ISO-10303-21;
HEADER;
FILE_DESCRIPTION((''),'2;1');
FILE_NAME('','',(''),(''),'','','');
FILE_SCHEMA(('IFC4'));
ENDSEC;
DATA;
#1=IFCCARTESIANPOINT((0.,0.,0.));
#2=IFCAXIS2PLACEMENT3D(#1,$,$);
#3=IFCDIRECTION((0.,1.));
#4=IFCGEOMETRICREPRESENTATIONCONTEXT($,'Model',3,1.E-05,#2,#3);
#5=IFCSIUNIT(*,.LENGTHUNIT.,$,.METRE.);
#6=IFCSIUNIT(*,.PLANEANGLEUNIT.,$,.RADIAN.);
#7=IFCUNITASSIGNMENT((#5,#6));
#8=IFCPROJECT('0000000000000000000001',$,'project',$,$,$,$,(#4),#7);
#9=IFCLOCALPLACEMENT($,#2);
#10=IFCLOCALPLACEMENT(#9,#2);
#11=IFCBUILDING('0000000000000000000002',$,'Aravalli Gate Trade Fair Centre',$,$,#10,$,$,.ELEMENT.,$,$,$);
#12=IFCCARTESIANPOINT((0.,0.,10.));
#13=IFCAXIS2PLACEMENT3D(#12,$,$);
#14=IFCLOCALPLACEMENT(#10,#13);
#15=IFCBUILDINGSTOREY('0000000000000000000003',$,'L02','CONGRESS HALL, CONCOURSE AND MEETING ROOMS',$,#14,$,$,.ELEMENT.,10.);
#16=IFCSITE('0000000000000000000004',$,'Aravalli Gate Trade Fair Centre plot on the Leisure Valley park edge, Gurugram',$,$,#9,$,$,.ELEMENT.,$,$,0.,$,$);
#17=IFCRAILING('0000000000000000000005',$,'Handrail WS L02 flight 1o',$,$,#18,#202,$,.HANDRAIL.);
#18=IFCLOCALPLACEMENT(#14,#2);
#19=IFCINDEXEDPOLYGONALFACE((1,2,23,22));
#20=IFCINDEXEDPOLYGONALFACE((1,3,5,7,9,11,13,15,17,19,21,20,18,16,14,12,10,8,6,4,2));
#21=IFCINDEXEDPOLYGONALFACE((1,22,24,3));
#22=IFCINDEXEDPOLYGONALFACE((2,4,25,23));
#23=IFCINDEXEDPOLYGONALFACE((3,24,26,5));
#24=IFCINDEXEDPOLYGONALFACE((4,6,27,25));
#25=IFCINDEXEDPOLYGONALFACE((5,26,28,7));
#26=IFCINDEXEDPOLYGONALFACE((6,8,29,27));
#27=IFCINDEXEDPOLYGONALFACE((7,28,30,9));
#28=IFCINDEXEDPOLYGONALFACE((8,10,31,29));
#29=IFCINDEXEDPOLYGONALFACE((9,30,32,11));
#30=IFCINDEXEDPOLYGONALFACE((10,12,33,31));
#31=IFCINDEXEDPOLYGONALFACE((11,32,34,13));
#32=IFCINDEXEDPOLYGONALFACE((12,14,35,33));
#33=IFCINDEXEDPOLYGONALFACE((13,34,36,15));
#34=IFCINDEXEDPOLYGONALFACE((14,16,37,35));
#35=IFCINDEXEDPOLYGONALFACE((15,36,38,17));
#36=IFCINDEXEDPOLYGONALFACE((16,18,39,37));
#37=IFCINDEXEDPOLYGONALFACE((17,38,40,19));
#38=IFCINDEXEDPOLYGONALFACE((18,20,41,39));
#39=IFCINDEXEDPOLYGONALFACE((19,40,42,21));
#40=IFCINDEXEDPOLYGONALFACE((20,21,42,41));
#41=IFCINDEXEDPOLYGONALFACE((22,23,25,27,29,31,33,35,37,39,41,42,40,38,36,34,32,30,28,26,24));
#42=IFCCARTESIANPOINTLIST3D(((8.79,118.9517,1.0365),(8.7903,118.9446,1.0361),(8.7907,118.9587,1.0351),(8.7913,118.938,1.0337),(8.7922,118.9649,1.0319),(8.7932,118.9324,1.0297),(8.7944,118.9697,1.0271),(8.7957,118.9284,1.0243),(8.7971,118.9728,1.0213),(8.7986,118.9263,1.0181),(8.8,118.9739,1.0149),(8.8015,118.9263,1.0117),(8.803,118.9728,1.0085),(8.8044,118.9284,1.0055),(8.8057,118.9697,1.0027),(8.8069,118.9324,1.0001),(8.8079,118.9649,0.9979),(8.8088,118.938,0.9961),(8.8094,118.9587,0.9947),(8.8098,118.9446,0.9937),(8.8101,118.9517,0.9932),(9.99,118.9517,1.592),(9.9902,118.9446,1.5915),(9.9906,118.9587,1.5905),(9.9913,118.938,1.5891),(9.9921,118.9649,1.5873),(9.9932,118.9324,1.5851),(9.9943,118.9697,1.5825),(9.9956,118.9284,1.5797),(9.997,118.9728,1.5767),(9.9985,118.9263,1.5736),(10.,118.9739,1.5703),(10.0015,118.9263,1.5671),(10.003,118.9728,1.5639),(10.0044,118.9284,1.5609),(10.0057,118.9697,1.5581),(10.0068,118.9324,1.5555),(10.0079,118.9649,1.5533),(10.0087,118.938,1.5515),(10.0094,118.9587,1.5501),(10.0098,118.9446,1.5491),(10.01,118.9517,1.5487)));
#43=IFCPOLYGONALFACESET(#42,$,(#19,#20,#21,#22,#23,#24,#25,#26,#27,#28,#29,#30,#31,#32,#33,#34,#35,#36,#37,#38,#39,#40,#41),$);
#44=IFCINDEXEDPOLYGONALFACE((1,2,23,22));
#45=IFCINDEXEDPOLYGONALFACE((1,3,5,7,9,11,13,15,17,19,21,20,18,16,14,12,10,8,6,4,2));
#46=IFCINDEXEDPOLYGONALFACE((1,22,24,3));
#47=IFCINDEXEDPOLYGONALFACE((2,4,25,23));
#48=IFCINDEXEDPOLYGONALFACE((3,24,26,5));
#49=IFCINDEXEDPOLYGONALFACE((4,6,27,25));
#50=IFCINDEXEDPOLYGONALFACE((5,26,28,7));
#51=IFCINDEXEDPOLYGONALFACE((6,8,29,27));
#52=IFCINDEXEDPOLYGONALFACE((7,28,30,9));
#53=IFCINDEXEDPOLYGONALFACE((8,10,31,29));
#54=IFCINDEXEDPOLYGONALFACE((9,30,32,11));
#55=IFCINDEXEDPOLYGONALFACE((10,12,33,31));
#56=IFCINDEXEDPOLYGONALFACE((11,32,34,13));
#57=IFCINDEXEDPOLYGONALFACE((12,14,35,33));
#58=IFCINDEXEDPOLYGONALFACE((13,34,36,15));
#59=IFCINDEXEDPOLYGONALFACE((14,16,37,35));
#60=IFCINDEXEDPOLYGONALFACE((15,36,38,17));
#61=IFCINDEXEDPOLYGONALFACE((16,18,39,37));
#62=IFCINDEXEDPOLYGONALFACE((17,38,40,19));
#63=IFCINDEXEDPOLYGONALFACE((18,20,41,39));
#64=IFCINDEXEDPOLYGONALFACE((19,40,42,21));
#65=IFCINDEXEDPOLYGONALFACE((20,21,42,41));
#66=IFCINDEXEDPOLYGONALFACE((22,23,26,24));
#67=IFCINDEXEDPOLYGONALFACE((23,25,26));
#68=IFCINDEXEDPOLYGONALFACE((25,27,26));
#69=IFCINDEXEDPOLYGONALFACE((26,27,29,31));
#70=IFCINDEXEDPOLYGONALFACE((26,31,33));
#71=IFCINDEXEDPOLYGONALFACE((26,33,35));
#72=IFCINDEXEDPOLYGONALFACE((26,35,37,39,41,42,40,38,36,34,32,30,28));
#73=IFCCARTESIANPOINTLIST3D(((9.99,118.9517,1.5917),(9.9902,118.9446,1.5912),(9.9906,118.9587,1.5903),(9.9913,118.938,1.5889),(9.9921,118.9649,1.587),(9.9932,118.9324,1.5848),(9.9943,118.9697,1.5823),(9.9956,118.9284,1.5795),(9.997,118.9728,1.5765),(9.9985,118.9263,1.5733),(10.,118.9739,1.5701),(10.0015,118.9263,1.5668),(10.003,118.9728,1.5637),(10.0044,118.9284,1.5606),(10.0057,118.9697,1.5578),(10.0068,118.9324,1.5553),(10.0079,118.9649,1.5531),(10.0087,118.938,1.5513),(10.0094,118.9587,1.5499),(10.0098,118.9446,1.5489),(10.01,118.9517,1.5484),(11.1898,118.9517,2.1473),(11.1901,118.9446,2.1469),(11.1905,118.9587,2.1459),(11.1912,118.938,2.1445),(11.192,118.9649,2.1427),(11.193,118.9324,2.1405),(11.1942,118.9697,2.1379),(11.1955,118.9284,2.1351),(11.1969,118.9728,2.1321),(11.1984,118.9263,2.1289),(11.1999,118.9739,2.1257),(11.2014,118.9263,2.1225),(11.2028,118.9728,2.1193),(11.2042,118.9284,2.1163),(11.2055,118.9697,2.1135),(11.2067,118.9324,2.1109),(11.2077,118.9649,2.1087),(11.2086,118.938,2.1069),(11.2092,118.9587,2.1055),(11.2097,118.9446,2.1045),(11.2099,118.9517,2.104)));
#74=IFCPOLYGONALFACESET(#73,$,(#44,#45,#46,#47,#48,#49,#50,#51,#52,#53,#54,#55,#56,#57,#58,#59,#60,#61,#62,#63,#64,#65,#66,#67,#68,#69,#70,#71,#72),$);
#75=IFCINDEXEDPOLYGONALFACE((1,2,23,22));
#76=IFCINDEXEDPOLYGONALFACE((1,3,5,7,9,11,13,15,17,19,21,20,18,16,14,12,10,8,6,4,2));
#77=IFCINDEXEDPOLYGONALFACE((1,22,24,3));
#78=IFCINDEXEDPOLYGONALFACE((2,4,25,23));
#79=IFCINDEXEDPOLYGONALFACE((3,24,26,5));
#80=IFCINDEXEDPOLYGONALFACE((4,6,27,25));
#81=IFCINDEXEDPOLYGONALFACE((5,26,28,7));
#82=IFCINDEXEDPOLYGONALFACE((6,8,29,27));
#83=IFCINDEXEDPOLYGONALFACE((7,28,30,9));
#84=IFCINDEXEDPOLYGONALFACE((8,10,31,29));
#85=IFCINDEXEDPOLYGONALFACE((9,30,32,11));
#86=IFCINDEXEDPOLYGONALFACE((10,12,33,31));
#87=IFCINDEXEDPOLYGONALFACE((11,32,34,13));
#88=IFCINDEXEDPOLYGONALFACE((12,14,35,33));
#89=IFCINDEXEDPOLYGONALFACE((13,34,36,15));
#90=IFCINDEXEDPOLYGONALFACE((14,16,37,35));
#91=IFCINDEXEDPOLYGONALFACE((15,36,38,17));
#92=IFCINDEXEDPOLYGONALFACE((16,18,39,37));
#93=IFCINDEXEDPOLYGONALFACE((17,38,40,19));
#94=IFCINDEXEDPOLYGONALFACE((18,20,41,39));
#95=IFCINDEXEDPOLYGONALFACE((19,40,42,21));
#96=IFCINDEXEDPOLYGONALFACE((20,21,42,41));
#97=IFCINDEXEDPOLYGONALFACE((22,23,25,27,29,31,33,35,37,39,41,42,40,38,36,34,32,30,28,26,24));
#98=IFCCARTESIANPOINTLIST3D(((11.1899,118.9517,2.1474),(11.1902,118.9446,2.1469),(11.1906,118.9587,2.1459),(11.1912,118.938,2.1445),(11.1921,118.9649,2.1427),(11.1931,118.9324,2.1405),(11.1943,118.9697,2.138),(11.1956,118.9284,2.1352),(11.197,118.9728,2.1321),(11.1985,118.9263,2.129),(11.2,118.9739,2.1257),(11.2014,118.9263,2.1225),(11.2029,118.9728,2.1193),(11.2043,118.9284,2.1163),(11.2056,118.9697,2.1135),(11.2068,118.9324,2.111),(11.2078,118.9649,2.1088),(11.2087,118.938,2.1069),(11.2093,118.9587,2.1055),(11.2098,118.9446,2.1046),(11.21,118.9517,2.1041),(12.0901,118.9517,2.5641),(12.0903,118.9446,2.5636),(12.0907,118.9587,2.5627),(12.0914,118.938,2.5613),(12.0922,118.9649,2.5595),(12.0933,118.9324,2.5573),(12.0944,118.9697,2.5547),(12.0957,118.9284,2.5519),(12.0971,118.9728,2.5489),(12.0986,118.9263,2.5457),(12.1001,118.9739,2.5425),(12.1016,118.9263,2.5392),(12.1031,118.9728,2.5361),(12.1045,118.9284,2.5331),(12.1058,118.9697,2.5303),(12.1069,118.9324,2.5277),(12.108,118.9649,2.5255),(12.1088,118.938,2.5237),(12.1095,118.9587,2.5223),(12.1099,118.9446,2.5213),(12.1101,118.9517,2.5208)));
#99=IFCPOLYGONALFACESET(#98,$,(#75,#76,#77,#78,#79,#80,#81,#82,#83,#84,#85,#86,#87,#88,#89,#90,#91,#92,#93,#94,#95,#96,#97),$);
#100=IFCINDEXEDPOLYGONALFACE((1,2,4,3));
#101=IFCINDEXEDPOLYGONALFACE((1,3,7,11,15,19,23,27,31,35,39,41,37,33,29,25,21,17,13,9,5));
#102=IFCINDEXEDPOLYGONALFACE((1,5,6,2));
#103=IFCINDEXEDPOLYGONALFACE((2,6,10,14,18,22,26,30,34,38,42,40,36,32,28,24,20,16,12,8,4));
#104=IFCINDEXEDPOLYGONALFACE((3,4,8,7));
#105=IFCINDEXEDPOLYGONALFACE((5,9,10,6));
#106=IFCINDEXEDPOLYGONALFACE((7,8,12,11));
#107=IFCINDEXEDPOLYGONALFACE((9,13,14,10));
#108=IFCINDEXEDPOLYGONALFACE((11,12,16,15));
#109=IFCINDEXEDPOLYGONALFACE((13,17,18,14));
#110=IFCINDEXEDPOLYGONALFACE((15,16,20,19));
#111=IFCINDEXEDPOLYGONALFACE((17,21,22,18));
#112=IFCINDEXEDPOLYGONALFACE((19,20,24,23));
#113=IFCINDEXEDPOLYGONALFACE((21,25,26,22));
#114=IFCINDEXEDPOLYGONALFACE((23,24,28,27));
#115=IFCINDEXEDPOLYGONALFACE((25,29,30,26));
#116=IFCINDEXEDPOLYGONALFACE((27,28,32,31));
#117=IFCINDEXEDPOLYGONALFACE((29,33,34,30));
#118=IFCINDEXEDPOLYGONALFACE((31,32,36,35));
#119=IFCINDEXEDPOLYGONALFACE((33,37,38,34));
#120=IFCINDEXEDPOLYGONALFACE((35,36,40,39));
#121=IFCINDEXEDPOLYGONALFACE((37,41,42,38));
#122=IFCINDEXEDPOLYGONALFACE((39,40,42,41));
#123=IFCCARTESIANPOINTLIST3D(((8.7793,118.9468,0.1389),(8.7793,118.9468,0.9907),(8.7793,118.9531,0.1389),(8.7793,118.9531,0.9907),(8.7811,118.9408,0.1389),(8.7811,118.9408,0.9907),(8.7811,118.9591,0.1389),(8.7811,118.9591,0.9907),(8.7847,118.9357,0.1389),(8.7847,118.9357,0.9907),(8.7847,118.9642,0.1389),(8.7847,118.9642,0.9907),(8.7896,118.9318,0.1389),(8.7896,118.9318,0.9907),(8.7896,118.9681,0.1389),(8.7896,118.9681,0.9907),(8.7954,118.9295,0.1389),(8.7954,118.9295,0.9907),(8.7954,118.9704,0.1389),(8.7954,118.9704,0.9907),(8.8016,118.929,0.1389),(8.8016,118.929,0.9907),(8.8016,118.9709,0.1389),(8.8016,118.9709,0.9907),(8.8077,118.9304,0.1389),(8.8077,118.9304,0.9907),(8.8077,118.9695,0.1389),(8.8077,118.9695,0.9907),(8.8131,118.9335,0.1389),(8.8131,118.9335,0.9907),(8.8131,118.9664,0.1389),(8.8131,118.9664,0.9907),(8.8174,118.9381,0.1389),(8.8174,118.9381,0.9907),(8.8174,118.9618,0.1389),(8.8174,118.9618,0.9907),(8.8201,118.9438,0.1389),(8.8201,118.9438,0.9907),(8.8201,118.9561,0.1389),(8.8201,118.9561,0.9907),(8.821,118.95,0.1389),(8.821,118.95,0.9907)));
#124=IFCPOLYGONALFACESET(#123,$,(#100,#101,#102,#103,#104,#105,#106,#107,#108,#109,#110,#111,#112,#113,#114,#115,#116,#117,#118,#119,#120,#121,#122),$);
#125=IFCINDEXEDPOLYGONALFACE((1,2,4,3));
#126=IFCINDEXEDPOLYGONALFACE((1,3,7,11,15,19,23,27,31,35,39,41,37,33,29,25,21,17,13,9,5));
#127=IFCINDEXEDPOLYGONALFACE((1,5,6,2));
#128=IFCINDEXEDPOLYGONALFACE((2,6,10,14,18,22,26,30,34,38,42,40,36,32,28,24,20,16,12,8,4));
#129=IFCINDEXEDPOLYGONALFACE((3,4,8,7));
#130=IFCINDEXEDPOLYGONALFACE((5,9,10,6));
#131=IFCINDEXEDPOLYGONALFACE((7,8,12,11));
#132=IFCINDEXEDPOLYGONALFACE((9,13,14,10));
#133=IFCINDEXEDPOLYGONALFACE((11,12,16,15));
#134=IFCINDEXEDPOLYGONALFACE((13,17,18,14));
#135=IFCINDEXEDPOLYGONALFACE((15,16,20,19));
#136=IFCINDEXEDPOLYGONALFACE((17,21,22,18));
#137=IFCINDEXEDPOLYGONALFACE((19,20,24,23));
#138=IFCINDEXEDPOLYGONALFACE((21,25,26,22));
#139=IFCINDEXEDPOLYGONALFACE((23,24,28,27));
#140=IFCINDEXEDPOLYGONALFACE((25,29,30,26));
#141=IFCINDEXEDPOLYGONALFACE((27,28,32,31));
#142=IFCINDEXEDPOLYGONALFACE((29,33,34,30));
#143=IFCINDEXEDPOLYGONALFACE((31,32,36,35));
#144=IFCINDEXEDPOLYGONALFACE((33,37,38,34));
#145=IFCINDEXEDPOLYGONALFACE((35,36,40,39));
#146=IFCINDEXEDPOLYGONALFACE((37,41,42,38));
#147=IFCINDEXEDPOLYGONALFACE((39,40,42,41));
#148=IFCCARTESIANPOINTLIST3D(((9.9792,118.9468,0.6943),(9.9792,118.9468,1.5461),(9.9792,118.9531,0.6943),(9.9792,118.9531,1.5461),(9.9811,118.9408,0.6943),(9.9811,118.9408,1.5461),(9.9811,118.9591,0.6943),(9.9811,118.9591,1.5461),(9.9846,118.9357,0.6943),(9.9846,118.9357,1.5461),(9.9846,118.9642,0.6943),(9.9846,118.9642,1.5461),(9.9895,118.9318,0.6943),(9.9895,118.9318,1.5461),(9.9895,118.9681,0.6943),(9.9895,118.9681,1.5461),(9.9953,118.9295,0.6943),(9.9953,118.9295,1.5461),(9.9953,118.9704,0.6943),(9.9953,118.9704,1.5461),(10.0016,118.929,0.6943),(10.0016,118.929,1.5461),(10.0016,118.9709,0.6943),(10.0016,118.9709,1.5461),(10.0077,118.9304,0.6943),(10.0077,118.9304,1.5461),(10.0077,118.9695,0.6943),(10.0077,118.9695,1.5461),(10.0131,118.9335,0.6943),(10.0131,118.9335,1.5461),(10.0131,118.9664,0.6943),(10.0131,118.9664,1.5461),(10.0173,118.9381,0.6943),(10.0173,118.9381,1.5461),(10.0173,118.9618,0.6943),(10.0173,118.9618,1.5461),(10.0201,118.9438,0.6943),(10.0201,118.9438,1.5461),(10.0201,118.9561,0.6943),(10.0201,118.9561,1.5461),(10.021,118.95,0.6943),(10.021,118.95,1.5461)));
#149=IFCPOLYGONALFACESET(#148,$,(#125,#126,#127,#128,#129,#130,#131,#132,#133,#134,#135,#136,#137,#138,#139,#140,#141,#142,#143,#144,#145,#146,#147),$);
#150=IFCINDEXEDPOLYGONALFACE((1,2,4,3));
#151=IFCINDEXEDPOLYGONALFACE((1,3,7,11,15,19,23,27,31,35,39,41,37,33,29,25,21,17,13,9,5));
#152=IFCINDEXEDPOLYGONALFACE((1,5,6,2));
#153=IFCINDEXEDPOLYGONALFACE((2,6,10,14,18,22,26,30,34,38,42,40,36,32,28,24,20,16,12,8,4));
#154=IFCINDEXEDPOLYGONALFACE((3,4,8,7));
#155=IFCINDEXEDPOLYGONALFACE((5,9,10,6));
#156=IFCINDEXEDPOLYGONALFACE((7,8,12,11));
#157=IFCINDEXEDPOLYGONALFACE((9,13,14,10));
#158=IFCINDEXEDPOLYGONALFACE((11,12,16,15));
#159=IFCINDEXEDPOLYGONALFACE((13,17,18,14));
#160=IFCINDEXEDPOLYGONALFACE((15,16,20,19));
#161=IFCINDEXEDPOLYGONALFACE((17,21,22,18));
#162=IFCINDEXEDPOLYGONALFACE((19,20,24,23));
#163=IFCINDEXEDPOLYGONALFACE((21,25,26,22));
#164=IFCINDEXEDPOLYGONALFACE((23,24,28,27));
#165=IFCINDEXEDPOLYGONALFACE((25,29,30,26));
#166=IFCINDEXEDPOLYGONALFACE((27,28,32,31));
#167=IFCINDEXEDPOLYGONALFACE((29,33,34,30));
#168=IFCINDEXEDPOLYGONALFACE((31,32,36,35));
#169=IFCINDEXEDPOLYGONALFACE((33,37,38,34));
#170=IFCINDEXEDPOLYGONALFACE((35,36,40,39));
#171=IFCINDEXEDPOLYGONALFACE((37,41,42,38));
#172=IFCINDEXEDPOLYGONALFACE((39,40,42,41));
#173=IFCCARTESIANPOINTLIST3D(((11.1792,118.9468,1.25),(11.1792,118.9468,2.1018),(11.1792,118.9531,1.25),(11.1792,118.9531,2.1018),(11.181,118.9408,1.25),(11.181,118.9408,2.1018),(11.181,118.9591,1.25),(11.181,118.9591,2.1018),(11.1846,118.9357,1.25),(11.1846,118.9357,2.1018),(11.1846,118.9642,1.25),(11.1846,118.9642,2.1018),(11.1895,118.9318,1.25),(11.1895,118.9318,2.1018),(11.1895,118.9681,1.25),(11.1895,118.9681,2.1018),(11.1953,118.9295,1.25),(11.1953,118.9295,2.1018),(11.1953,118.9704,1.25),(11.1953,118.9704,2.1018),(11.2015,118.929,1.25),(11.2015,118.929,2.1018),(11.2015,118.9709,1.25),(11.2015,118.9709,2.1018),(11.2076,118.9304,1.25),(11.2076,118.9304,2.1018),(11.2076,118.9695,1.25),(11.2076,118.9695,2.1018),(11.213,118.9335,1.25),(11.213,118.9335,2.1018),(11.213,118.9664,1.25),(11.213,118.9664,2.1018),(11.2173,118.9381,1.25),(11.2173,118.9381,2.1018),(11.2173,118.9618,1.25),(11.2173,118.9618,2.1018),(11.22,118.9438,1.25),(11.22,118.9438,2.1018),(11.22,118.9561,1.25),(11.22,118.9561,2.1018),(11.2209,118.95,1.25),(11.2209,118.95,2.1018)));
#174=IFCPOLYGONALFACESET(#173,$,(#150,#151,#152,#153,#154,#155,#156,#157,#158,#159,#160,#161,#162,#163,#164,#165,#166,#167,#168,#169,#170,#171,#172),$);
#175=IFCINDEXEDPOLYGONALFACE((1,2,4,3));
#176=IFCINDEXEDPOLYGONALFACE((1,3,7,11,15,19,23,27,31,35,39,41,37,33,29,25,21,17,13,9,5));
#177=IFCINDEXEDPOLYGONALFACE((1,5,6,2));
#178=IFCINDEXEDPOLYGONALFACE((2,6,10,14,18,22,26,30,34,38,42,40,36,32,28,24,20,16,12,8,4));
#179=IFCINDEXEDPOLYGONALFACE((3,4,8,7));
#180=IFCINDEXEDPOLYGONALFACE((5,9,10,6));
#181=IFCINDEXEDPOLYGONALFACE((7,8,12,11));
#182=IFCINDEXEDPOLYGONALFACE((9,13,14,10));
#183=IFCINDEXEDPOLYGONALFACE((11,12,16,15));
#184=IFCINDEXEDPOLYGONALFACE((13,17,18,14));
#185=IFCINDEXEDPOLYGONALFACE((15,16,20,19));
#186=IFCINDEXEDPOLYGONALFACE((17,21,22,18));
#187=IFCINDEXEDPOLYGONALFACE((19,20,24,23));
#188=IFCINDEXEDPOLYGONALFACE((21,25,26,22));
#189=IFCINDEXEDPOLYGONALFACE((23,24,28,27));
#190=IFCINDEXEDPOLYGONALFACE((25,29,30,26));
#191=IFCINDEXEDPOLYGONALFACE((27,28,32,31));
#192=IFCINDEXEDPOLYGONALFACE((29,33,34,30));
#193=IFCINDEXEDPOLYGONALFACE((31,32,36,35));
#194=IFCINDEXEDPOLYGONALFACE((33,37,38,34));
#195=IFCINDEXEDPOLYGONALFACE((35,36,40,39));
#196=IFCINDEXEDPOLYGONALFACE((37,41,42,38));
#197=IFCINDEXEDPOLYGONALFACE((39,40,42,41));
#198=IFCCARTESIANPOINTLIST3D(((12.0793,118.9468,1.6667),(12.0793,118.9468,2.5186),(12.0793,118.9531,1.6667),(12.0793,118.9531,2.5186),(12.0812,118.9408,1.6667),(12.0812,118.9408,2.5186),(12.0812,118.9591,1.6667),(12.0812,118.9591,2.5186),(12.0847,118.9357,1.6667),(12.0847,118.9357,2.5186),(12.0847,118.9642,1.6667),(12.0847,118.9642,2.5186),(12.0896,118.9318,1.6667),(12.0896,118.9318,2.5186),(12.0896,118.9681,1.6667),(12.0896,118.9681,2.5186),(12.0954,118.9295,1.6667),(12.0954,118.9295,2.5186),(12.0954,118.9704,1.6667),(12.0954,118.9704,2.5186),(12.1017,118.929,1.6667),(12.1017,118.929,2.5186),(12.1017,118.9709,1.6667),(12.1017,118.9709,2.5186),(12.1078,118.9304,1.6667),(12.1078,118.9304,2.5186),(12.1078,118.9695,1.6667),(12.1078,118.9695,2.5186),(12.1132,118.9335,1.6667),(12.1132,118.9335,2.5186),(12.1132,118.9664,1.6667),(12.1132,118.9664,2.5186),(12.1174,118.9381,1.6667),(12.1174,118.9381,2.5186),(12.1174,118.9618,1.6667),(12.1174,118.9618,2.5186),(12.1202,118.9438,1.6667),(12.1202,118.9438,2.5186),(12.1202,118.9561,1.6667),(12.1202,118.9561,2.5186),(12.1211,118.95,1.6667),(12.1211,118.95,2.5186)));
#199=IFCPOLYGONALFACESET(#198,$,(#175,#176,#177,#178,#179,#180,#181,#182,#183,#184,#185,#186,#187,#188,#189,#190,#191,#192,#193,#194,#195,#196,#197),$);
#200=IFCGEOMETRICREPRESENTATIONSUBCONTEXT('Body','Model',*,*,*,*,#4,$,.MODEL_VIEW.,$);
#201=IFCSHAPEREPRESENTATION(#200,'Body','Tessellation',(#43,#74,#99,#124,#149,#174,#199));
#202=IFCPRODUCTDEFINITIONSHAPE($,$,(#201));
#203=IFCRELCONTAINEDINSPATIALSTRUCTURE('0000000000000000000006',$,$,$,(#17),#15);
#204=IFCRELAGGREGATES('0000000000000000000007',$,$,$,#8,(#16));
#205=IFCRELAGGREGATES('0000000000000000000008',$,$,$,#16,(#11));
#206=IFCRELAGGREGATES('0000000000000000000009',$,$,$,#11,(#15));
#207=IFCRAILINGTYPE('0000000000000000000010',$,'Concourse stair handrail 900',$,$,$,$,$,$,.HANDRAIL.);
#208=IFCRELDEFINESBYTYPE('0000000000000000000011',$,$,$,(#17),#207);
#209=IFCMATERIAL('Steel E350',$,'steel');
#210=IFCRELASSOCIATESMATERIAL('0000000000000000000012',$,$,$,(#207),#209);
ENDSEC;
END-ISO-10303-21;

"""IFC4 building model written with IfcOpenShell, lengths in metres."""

from ifc_helpers import new_model, si_unit, direction, frame, origin, origin_2d, place, context, subcontext, project, spatial, circle, extrude, material, type_object, element, save


model = new_model("IFC4")

# Units and contexts
model_context = context("Model", 3, precision=1e-05, world=origin(), true_north=direction((0.0, 1.0)))
body_context = subcontext(model_context, "Body", "Model", "MODEL_VIEW")
ifc_project = project(units=[si_unit("LENGTHUNIT", "METRE"), si_unit("PLANEANGLEUNIT", "RADIAN")], contexts=[model_context])

# Site, building, storey
site_placement = place(None, origin())
site = spatial("IfcSite", under=ifc_project, at=site_placement, Name="Aravalli Gate Trade Fair Centre plot on the Leisure Valley park edge, Gurugram", CompositionType="ELEMENT", RefElevation=0.0)
building_placement = place(site_placement, origin())
building = spatial("IfcBuilding", under=site, at=building_placement, Name="Aravalli Gate Trade Fair Centre", CompositionType="ELEMENT")
storey_placement = place(building_placement, frame((0.0, 0.0, 10.0)))
storey = spatial("IfcBuildingStorey", under=building, at=storey_placement, Name="L02", Description="CONGRESS HALL, CONCOURSE AND MEETING ROOMS", CompositionType="ELEMENT", Elevation=10.0)

# Shared definitions
ifc_material_1 = material(Name="Steel E350", Category="steel")

# Railing
railing_type = type_object("IfcRailingType", Name="Concourse stair handrail 900", PredefinedType="HANDRAIL", material=ifc_material_1)
railing_1_placement = place(storey_placement, frame((8.8, 118.95, 0.1389)))
element("IfcRailing", 1, at=railing_1_placement, inside=storey, type_object=railing_type, Name="Handrail WS L02 flight 1o", PredefinedType="HANDRAIL", context=body_context, shape_type="SweptSolid", body=[
    extrude(circle(Radius=0.0239, at=origin_2d()), frame((0.0, 0.0, 0.876), z_axis=(0.907499, 0.0, 0.420053), x_axis=(0.0, 1.0, 0.0)), (0.0, 0.0, 1.0), 1.3223),
    extrude(circle(Radius=0.0239, at=origin_2d()), frame((1.2, 0.0, 1.4312), z_axis=(0.907429, 0.0, 0.420205), x_axis=(0.0, 1.0, 0.0)), (0.0, 0.0, 1.0), 1.3223),
    extrude(circle(Radius=0.0239, at=origin_2d()), frame((2.3999, 0.0, 1.9868), z_axis=(0.907462, 0.0, 0.420135), x_axis=(0.0, 1.0, 0.0)), (0.0, 0.0, 1.0), 0.9919),
    extrude(circle(Radius=0.021, at=origin_2d()), origin(), (0.0, 0.0, 1.0), 0.8518),
    extrude(circle(Radius=0.021, at=origin_2d()), frame((1.2, 0.0, 0.5554)), (0.0, 0.0, 1.0), 0.8518),
    extrude(circle(Radius=0.021, at=origin_2d()), frame((2.3999, 0.0, 1.1111)), (0.0, 0.0, 1.0), 0.8518),
    extrude(circle(Radius=0.021, at=origin_2d()), frame((3.3, 0.0, 1.5278)), (0.0, 0.0, 1.0), 0.8518),
])

save(model, "model.ifc")
